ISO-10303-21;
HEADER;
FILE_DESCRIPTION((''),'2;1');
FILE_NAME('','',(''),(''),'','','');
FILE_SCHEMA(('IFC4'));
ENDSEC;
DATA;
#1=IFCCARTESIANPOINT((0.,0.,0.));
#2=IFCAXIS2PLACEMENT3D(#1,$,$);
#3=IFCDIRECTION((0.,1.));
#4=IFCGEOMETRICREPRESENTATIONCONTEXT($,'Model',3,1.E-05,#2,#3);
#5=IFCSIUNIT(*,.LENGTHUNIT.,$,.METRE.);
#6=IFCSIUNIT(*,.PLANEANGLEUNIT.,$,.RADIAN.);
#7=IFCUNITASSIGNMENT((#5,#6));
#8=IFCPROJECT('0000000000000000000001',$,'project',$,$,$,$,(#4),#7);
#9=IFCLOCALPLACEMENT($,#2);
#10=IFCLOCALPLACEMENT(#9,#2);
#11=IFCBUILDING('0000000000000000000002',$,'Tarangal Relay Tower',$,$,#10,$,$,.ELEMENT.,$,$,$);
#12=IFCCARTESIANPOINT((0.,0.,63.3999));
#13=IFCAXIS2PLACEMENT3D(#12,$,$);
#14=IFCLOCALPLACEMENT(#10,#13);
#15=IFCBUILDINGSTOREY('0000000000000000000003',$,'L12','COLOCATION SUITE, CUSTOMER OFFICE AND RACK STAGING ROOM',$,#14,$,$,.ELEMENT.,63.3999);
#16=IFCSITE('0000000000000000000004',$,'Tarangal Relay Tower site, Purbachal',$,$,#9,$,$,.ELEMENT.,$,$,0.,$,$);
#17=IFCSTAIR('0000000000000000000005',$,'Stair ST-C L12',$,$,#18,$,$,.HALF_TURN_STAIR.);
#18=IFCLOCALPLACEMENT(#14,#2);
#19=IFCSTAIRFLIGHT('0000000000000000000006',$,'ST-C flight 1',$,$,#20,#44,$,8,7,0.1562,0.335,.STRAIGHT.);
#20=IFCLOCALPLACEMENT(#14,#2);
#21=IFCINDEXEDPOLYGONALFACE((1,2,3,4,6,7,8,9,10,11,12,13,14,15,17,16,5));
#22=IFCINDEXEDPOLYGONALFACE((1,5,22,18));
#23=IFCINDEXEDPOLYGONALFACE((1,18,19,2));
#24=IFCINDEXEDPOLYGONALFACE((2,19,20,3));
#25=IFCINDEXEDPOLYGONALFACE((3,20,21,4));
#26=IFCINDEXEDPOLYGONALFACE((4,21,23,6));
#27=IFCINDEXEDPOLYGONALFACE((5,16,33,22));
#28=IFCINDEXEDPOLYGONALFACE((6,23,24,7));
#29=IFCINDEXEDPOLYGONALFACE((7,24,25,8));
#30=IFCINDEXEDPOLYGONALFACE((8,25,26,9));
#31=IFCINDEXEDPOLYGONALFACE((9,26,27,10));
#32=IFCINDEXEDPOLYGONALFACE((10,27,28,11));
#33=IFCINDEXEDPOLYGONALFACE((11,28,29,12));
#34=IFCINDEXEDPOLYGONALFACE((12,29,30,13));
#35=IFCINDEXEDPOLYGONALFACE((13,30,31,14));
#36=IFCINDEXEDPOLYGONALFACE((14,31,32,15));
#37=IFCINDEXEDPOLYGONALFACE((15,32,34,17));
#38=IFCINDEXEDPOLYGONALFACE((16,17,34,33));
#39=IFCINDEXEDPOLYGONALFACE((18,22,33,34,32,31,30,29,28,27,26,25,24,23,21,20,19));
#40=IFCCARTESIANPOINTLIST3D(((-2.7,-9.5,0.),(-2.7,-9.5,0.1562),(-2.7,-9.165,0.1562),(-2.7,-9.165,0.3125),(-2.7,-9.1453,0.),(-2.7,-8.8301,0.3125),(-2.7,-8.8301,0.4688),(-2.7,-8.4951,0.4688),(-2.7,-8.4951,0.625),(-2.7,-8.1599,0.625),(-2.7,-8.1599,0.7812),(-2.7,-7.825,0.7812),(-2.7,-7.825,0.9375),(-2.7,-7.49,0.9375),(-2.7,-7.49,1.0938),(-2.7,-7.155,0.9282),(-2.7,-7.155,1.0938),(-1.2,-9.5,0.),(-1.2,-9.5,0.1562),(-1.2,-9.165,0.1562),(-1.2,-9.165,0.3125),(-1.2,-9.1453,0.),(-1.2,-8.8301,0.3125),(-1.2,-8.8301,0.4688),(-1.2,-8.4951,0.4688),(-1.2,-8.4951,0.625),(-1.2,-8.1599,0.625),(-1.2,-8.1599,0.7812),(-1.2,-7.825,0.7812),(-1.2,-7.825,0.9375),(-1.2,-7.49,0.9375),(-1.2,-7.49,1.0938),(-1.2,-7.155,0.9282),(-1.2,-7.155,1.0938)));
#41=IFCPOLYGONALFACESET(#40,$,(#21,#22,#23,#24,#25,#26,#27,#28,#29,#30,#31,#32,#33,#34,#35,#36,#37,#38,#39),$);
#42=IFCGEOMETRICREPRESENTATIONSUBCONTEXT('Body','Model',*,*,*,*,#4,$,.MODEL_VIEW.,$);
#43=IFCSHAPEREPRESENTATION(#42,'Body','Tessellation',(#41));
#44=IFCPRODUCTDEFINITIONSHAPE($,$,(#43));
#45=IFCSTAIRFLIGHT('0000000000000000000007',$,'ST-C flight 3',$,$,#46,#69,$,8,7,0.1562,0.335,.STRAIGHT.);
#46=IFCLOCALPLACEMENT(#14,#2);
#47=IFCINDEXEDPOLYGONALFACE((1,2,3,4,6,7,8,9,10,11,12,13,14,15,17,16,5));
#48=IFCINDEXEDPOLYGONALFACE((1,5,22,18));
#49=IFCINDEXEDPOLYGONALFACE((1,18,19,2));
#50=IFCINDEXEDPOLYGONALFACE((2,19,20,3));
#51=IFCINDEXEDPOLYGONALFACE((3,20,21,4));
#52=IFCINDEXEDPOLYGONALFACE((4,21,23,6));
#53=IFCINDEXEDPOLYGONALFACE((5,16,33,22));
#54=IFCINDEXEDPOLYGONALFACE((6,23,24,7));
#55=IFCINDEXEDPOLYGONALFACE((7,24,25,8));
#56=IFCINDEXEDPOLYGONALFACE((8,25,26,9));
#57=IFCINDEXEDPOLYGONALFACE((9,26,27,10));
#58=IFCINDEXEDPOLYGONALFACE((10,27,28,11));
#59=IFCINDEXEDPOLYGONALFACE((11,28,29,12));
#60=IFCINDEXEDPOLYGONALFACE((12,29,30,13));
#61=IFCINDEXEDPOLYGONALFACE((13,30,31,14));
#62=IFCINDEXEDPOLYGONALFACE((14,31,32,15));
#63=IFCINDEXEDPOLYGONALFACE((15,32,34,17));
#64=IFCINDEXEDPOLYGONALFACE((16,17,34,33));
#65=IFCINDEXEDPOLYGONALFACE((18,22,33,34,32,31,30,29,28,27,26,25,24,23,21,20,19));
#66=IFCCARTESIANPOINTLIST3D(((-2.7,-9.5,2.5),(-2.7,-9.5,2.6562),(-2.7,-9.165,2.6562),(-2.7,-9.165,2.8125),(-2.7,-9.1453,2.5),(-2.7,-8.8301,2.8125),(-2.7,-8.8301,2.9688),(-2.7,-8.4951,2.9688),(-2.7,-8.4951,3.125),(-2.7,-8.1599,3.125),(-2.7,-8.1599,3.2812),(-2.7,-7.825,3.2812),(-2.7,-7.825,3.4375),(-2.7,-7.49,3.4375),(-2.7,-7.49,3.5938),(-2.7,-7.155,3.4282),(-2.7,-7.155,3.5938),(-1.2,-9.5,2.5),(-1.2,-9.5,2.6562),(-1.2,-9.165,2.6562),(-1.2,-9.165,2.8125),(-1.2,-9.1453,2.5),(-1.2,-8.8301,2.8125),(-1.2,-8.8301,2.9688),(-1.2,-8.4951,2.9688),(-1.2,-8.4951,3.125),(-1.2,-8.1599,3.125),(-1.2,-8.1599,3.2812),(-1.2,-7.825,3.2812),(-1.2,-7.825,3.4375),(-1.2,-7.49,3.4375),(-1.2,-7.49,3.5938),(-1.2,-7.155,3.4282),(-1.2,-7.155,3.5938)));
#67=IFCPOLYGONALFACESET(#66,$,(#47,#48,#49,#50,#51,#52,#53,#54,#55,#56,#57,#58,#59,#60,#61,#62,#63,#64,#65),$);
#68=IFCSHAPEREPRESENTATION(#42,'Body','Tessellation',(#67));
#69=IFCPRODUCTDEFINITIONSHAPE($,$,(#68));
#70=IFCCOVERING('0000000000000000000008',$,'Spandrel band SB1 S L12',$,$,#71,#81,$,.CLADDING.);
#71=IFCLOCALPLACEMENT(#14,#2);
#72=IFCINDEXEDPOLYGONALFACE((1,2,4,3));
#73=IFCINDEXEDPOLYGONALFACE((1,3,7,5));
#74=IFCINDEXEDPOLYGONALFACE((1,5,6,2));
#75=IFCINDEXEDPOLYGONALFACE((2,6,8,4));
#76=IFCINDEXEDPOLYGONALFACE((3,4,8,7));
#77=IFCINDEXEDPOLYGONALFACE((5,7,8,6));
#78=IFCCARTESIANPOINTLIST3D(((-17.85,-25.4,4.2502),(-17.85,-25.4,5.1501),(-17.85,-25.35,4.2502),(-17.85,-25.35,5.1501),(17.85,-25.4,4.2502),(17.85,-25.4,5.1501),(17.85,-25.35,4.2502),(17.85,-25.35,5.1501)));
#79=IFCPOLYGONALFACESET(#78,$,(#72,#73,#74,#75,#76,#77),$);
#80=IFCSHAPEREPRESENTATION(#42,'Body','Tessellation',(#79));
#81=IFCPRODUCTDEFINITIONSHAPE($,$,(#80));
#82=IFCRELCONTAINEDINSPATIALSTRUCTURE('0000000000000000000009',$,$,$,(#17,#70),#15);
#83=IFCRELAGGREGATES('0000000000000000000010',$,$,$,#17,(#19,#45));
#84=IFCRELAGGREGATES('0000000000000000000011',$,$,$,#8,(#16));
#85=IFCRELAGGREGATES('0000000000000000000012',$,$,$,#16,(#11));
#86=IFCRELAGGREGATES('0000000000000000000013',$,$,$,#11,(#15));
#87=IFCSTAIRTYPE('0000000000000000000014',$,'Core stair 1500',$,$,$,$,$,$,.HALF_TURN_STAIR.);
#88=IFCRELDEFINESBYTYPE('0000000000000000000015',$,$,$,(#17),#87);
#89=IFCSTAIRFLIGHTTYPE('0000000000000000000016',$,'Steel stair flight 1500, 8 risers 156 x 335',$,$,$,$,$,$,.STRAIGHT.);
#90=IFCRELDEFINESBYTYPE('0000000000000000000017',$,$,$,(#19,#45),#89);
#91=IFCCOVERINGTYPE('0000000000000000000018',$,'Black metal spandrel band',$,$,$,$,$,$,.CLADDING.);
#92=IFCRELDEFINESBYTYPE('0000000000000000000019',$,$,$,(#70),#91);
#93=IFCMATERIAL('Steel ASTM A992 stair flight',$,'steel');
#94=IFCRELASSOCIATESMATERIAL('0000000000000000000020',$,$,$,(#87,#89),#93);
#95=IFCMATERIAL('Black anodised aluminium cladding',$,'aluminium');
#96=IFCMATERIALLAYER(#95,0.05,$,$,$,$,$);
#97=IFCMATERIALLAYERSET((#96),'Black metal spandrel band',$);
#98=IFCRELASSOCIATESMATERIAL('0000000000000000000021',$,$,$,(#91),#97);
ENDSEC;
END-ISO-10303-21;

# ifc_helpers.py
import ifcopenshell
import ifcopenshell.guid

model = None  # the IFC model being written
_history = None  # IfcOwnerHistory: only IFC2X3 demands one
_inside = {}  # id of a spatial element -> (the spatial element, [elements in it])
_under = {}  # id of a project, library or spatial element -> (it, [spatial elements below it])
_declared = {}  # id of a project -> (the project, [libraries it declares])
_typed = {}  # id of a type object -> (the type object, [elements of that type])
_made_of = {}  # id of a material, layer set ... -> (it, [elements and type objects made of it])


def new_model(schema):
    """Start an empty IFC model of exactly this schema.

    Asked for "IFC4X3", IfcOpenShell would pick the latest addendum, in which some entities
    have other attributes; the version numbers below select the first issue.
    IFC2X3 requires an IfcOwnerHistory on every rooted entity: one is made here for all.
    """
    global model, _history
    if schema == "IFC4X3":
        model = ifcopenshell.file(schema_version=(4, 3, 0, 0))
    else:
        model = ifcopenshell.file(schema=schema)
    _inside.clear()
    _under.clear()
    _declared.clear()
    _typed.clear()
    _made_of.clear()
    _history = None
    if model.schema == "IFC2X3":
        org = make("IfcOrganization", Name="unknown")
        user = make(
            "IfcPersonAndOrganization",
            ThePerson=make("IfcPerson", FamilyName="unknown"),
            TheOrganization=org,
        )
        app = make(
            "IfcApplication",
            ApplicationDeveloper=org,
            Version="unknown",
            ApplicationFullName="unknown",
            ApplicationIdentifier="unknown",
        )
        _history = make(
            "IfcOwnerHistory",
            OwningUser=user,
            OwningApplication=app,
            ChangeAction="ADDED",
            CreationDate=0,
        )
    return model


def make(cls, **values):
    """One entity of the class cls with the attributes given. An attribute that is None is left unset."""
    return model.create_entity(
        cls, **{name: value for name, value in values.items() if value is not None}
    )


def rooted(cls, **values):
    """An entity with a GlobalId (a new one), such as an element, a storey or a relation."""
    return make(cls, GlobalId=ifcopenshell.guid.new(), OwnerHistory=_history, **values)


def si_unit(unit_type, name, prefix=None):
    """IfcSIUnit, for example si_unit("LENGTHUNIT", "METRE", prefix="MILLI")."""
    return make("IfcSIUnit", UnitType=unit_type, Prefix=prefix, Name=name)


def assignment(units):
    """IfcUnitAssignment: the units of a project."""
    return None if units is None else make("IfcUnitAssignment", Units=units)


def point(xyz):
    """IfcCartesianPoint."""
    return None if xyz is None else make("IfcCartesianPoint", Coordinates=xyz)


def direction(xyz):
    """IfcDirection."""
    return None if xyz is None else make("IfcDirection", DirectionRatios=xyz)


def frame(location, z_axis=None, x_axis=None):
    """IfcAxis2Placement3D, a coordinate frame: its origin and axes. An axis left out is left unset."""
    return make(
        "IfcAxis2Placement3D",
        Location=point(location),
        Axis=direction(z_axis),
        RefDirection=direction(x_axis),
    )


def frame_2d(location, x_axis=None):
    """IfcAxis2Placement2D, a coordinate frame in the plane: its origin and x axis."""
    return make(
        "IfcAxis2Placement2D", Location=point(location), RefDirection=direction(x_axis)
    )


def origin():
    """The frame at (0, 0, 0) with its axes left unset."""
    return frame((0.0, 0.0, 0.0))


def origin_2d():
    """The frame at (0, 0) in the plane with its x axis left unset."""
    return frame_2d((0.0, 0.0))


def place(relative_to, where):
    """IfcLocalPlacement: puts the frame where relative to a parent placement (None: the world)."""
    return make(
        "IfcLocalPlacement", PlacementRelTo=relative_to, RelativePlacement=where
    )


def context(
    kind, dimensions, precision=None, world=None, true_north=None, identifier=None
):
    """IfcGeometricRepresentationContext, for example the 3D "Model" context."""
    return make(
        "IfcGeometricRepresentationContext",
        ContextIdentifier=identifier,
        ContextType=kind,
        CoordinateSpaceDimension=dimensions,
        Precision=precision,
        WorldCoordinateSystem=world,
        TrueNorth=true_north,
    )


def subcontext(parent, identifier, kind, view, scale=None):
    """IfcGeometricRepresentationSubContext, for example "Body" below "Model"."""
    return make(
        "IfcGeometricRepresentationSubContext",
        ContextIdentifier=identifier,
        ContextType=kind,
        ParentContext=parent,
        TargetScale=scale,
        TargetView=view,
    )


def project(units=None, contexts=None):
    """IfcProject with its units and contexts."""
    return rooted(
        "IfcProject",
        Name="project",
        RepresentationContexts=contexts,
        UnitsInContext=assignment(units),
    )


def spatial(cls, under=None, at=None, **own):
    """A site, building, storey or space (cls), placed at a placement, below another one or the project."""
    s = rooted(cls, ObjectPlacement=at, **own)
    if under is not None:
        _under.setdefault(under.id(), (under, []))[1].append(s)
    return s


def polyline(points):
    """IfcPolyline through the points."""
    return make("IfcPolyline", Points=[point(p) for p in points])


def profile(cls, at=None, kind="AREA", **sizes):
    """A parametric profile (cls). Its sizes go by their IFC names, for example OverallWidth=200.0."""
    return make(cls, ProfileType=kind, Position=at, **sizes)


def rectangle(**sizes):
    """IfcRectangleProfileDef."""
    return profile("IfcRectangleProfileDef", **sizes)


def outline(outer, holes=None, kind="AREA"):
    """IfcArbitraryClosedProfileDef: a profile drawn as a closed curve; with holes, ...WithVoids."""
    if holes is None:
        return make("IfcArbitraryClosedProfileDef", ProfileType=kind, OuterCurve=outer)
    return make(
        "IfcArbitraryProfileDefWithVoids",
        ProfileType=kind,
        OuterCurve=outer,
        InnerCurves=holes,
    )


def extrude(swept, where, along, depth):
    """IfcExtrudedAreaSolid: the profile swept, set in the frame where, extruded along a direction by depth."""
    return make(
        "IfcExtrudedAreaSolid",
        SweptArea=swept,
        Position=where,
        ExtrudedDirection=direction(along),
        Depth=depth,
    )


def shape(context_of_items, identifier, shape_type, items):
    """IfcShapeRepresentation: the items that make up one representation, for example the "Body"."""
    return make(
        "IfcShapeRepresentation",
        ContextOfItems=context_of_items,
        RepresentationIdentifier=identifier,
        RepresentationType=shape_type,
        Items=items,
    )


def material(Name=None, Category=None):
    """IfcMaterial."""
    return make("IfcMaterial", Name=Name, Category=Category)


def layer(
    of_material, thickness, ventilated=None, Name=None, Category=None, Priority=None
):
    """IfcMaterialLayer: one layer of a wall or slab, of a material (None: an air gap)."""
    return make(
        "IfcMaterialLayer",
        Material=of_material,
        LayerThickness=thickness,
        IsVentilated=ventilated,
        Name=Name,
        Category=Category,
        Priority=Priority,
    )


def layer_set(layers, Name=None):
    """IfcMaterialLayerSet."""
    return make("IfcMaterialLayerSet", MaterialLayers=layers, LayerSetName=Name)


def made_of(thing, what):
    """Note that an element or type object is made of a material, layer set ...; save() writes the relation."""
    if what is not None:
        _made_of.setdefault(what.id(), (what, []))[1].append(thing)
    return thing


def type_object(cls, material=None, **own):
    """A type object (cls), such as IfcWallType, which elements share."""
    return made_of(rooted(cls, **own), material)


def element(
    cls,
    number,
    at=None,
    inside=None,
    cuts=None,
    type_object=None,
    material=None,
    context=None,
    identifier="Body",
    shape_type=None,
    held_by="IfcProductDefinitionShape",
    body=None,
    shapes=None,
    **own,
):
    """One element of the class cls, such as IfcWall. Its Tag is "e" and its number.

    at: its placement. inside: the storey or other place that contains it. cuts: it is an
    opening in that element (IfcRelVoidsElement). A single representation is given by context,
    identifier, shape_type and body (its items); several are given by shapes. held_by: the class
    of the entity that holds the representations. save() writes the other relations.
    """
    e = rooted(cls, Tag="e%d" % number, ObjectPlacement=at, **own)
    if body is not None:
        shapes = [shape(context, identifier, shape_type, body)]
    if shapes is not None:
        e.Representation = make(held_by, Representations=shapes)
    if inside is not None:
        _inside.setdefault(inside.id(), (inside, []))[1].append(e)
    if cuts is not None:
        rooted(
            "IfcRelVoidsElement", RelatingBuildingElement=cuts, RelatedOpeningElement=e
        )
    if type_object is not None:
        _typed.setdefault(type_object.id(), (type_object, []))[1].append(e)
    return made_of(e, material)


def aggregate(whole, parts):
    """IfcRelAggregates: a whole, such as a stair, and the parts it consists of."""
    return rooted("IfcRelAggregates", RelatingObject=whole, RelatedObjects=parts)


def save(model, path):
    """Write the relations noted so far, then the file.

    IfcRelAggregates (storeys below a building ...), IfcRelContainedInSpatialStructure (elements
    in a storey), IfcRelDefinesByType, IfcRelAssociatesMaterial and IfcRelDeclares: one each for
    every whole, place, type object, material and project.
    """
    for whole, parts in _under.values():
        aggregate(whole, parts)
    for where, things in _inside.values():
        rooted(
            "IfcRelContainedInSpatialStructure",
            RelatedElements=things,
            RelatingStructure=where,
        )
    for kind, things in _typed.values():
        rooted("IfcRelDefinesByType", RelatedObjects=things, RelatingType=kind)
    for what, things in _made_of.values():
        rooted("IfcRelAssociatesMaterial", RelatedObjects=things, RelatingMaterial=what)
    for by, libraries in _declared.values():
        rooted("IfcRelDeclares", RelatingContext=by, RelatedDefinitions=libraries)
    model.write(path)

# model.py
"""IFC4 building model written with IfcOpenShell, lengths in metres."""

from ifc_helpers import new_model, si_unit, direction, frame, origin, origin_2d, place, context, subcontext, project, spatial, polyline, rectangle, outline, extrude, material, layer, layer_set, type_object, element, aggregate, save


model = new_model("IFC4")

# Units and contexts
model_context = context("Model", 3, precision=1e-05, world=origin(), true_north=direction((0.0, 1.0)))
body_context = subcontext(model_context, "Body", "Model", "MODEL_VIEW")
ifc_project = project(units=[si_unit("LENGTHUNIT", "METRE"), si_unit("PLANEANGLEUNIT", "RADIAN")], contexts=[model_context])

# Site, building, storey
site_placement = place(None, origin())
site = spatial("IfcSite", under=ifc_project, at=site_placement, Name="Tarangal Relay Tower site, Purbachal", CompositionType="ELEMENT", RefElevation=0.0)
building_placement = place(site_placement, origin())
building = spatial("IfcBuilding", under=site, at=building_placement, Name="Tarangal Relay Tower", CompositionType="ELEMENT")
storey_placement = place(building_placement, frame((0.0, 0.0, 63.3999)))
storey = spatial("IfcBuildingStorey", under=building, at=storey_placement, Name="L12", Description="COLOCATION SUITE, CUSTOMER OFFICE AND RACK STAGING ROOM", CompositionType="ELEMENT", Elevation=63.3999)

# Stair, stair flights
ifc_material_1 = material(Name="Steel ASTM A992 stair flight", Category="steel")
stair_type = type_object("IfcStairType", Name="Core stair 1500", PredefinedType="HALF_TURN_STAIR", material=ifc_material_1)
stair_placement = place(storey_placement, origin())
stair = element("IfcStair", 1, at=stair_placement, inside=storey, type_object=stair_type, Name="Stair ST-C L12", PredefinedType="HALF_TURN_STAIR")
stair_flight_type = type_object("IfcStairFlightType", Name="Steel stair flight 1500, 8 risers 156 x 335", PredefinedType="STRAIGHT", material=ifc_material_1)
stair_flight_1_placement = place(storey_placement, frame((-1.95, -9.5, 0.0), z_axis=(0.0, 0.0, 1.0), x_axis=(0.0, 1.0, 0.0)))
stair_flight_1 = element("IfcStairFlight", 2, at=stair_flight_1_placement, type_object=stair_flight_type, Name="ST-C flight 1", NumberOfRisers=8, NumberOfTreads=7, PredefinedType="STRAIGHT", RiserHeight=0.1562, TreadLength=0.335, context=body_context, shape_type="SweptSolid", body=[
    extrude(outline(polyline([(0.0, 0.0), (0.0, 0.1562), (0.335, 0.1562), (0.335, 0.3125), (0.6699, 0.3125), (0.6699, 0.4688), (1.0049, 0.4688), (1.0049, 0.625), (1.3401, 0.625), (1.3401, 0.7812), (1.675, 0.7812), (1.675, 0.9375), (2.01, 0.9375), (2.01, 1.0938), (2.345, 1.0938), (2.345, 1.25), (2.345, 0.9282), (0.3547, 0.0), (0.0, 0.0)])), frame((0.0, 0.75, 0.0), z_axis=(0.0, -1.0, 0.0), x_axis=(1.0, 0.0, 0.0)), (0.0, 0.0, 1.0), 1.5),
])
stair_flight_2_placement = place(storey_placement, frame((-1.95, -9.5, 2.5), z_axis=(0.0, 0.0, 1.0), x_axis=(0.0, 1.0, 0.0)))
stair_flight_2 = element("IfcStairFlight", 3, at=stair_flight_2_placement, type_object=stair_flight_type, Name="ST-C flight 3", NumberOfRisers=8, NumberOfTreads=7, PredefinedType="STRAIGHT", RiserHeight=0.1562, TreadLength=0.335, context=body_context, shape_type="SweptSolid", body=[
    extrude(outline(polyline([(0.0, 0.0), (0.0, 0.1562), (0.335, 0.1562), (0.335, 0.3125), (0.6699, 0.3125), (0.6699, 0.4688), (1.0049, 0.4688), (1.0049, 0.625), (1.3401, 0.625), (1.3401, 0.7812), (1.675, 0.7812), (1.675, 0.9375), (2.01, 0.9375), (2.01, 1.0938), (2.345, 1.0938), (2.345, 1.25), (2.345, 0.9282), (0.3547, 0.0), (0.0, 0.0)])), frame((0.0, 0.75, 0.0), z_axis=(0.0, -1.0, 0.0), x_axis=(1.0, 0.0, 0.0)), (0.0, 0.0, 1.0), 1.5),
])
aggregate(stair, [stair_flight_1, stair_flight_2])

# Covering
ifc_material_2 = material(Name="Black anodised aluminium cladding", Category="aluminium")
ifc_layer_1 = layer(ifc_material_2, 0.05)
ifc_layer_set_1 = layer_set([ifc_layer_1], Name="Black metal spandrel band")
covering_type = type_object("IfcCoveringType", Name="Black metal spandrel band", PredefinedType="CLADDING", material=ifc_layer_set_1)
covering_placement = place(storey_placement, frame((0.0, -25.375, 4.2502), z_axis=(0.0, 0.0, 1.0), x_axis=(-1.0, 0.0, 0.0)))
element("IfcCovering", 4, at=covering_placement, inside=storey, type_object=covering_type, Name="Spandrel band SB1 S L12", PredefinedType="CLADDING", context=body_context, shape_type="SweptSolid", body=[
    extrude(rectangle(XDim=35.7, YDim=0.05, at=origin_2d()), origin(), (0.0, 0.0, 1.0), 0.8999),
])

save(model, "model.ifc")
